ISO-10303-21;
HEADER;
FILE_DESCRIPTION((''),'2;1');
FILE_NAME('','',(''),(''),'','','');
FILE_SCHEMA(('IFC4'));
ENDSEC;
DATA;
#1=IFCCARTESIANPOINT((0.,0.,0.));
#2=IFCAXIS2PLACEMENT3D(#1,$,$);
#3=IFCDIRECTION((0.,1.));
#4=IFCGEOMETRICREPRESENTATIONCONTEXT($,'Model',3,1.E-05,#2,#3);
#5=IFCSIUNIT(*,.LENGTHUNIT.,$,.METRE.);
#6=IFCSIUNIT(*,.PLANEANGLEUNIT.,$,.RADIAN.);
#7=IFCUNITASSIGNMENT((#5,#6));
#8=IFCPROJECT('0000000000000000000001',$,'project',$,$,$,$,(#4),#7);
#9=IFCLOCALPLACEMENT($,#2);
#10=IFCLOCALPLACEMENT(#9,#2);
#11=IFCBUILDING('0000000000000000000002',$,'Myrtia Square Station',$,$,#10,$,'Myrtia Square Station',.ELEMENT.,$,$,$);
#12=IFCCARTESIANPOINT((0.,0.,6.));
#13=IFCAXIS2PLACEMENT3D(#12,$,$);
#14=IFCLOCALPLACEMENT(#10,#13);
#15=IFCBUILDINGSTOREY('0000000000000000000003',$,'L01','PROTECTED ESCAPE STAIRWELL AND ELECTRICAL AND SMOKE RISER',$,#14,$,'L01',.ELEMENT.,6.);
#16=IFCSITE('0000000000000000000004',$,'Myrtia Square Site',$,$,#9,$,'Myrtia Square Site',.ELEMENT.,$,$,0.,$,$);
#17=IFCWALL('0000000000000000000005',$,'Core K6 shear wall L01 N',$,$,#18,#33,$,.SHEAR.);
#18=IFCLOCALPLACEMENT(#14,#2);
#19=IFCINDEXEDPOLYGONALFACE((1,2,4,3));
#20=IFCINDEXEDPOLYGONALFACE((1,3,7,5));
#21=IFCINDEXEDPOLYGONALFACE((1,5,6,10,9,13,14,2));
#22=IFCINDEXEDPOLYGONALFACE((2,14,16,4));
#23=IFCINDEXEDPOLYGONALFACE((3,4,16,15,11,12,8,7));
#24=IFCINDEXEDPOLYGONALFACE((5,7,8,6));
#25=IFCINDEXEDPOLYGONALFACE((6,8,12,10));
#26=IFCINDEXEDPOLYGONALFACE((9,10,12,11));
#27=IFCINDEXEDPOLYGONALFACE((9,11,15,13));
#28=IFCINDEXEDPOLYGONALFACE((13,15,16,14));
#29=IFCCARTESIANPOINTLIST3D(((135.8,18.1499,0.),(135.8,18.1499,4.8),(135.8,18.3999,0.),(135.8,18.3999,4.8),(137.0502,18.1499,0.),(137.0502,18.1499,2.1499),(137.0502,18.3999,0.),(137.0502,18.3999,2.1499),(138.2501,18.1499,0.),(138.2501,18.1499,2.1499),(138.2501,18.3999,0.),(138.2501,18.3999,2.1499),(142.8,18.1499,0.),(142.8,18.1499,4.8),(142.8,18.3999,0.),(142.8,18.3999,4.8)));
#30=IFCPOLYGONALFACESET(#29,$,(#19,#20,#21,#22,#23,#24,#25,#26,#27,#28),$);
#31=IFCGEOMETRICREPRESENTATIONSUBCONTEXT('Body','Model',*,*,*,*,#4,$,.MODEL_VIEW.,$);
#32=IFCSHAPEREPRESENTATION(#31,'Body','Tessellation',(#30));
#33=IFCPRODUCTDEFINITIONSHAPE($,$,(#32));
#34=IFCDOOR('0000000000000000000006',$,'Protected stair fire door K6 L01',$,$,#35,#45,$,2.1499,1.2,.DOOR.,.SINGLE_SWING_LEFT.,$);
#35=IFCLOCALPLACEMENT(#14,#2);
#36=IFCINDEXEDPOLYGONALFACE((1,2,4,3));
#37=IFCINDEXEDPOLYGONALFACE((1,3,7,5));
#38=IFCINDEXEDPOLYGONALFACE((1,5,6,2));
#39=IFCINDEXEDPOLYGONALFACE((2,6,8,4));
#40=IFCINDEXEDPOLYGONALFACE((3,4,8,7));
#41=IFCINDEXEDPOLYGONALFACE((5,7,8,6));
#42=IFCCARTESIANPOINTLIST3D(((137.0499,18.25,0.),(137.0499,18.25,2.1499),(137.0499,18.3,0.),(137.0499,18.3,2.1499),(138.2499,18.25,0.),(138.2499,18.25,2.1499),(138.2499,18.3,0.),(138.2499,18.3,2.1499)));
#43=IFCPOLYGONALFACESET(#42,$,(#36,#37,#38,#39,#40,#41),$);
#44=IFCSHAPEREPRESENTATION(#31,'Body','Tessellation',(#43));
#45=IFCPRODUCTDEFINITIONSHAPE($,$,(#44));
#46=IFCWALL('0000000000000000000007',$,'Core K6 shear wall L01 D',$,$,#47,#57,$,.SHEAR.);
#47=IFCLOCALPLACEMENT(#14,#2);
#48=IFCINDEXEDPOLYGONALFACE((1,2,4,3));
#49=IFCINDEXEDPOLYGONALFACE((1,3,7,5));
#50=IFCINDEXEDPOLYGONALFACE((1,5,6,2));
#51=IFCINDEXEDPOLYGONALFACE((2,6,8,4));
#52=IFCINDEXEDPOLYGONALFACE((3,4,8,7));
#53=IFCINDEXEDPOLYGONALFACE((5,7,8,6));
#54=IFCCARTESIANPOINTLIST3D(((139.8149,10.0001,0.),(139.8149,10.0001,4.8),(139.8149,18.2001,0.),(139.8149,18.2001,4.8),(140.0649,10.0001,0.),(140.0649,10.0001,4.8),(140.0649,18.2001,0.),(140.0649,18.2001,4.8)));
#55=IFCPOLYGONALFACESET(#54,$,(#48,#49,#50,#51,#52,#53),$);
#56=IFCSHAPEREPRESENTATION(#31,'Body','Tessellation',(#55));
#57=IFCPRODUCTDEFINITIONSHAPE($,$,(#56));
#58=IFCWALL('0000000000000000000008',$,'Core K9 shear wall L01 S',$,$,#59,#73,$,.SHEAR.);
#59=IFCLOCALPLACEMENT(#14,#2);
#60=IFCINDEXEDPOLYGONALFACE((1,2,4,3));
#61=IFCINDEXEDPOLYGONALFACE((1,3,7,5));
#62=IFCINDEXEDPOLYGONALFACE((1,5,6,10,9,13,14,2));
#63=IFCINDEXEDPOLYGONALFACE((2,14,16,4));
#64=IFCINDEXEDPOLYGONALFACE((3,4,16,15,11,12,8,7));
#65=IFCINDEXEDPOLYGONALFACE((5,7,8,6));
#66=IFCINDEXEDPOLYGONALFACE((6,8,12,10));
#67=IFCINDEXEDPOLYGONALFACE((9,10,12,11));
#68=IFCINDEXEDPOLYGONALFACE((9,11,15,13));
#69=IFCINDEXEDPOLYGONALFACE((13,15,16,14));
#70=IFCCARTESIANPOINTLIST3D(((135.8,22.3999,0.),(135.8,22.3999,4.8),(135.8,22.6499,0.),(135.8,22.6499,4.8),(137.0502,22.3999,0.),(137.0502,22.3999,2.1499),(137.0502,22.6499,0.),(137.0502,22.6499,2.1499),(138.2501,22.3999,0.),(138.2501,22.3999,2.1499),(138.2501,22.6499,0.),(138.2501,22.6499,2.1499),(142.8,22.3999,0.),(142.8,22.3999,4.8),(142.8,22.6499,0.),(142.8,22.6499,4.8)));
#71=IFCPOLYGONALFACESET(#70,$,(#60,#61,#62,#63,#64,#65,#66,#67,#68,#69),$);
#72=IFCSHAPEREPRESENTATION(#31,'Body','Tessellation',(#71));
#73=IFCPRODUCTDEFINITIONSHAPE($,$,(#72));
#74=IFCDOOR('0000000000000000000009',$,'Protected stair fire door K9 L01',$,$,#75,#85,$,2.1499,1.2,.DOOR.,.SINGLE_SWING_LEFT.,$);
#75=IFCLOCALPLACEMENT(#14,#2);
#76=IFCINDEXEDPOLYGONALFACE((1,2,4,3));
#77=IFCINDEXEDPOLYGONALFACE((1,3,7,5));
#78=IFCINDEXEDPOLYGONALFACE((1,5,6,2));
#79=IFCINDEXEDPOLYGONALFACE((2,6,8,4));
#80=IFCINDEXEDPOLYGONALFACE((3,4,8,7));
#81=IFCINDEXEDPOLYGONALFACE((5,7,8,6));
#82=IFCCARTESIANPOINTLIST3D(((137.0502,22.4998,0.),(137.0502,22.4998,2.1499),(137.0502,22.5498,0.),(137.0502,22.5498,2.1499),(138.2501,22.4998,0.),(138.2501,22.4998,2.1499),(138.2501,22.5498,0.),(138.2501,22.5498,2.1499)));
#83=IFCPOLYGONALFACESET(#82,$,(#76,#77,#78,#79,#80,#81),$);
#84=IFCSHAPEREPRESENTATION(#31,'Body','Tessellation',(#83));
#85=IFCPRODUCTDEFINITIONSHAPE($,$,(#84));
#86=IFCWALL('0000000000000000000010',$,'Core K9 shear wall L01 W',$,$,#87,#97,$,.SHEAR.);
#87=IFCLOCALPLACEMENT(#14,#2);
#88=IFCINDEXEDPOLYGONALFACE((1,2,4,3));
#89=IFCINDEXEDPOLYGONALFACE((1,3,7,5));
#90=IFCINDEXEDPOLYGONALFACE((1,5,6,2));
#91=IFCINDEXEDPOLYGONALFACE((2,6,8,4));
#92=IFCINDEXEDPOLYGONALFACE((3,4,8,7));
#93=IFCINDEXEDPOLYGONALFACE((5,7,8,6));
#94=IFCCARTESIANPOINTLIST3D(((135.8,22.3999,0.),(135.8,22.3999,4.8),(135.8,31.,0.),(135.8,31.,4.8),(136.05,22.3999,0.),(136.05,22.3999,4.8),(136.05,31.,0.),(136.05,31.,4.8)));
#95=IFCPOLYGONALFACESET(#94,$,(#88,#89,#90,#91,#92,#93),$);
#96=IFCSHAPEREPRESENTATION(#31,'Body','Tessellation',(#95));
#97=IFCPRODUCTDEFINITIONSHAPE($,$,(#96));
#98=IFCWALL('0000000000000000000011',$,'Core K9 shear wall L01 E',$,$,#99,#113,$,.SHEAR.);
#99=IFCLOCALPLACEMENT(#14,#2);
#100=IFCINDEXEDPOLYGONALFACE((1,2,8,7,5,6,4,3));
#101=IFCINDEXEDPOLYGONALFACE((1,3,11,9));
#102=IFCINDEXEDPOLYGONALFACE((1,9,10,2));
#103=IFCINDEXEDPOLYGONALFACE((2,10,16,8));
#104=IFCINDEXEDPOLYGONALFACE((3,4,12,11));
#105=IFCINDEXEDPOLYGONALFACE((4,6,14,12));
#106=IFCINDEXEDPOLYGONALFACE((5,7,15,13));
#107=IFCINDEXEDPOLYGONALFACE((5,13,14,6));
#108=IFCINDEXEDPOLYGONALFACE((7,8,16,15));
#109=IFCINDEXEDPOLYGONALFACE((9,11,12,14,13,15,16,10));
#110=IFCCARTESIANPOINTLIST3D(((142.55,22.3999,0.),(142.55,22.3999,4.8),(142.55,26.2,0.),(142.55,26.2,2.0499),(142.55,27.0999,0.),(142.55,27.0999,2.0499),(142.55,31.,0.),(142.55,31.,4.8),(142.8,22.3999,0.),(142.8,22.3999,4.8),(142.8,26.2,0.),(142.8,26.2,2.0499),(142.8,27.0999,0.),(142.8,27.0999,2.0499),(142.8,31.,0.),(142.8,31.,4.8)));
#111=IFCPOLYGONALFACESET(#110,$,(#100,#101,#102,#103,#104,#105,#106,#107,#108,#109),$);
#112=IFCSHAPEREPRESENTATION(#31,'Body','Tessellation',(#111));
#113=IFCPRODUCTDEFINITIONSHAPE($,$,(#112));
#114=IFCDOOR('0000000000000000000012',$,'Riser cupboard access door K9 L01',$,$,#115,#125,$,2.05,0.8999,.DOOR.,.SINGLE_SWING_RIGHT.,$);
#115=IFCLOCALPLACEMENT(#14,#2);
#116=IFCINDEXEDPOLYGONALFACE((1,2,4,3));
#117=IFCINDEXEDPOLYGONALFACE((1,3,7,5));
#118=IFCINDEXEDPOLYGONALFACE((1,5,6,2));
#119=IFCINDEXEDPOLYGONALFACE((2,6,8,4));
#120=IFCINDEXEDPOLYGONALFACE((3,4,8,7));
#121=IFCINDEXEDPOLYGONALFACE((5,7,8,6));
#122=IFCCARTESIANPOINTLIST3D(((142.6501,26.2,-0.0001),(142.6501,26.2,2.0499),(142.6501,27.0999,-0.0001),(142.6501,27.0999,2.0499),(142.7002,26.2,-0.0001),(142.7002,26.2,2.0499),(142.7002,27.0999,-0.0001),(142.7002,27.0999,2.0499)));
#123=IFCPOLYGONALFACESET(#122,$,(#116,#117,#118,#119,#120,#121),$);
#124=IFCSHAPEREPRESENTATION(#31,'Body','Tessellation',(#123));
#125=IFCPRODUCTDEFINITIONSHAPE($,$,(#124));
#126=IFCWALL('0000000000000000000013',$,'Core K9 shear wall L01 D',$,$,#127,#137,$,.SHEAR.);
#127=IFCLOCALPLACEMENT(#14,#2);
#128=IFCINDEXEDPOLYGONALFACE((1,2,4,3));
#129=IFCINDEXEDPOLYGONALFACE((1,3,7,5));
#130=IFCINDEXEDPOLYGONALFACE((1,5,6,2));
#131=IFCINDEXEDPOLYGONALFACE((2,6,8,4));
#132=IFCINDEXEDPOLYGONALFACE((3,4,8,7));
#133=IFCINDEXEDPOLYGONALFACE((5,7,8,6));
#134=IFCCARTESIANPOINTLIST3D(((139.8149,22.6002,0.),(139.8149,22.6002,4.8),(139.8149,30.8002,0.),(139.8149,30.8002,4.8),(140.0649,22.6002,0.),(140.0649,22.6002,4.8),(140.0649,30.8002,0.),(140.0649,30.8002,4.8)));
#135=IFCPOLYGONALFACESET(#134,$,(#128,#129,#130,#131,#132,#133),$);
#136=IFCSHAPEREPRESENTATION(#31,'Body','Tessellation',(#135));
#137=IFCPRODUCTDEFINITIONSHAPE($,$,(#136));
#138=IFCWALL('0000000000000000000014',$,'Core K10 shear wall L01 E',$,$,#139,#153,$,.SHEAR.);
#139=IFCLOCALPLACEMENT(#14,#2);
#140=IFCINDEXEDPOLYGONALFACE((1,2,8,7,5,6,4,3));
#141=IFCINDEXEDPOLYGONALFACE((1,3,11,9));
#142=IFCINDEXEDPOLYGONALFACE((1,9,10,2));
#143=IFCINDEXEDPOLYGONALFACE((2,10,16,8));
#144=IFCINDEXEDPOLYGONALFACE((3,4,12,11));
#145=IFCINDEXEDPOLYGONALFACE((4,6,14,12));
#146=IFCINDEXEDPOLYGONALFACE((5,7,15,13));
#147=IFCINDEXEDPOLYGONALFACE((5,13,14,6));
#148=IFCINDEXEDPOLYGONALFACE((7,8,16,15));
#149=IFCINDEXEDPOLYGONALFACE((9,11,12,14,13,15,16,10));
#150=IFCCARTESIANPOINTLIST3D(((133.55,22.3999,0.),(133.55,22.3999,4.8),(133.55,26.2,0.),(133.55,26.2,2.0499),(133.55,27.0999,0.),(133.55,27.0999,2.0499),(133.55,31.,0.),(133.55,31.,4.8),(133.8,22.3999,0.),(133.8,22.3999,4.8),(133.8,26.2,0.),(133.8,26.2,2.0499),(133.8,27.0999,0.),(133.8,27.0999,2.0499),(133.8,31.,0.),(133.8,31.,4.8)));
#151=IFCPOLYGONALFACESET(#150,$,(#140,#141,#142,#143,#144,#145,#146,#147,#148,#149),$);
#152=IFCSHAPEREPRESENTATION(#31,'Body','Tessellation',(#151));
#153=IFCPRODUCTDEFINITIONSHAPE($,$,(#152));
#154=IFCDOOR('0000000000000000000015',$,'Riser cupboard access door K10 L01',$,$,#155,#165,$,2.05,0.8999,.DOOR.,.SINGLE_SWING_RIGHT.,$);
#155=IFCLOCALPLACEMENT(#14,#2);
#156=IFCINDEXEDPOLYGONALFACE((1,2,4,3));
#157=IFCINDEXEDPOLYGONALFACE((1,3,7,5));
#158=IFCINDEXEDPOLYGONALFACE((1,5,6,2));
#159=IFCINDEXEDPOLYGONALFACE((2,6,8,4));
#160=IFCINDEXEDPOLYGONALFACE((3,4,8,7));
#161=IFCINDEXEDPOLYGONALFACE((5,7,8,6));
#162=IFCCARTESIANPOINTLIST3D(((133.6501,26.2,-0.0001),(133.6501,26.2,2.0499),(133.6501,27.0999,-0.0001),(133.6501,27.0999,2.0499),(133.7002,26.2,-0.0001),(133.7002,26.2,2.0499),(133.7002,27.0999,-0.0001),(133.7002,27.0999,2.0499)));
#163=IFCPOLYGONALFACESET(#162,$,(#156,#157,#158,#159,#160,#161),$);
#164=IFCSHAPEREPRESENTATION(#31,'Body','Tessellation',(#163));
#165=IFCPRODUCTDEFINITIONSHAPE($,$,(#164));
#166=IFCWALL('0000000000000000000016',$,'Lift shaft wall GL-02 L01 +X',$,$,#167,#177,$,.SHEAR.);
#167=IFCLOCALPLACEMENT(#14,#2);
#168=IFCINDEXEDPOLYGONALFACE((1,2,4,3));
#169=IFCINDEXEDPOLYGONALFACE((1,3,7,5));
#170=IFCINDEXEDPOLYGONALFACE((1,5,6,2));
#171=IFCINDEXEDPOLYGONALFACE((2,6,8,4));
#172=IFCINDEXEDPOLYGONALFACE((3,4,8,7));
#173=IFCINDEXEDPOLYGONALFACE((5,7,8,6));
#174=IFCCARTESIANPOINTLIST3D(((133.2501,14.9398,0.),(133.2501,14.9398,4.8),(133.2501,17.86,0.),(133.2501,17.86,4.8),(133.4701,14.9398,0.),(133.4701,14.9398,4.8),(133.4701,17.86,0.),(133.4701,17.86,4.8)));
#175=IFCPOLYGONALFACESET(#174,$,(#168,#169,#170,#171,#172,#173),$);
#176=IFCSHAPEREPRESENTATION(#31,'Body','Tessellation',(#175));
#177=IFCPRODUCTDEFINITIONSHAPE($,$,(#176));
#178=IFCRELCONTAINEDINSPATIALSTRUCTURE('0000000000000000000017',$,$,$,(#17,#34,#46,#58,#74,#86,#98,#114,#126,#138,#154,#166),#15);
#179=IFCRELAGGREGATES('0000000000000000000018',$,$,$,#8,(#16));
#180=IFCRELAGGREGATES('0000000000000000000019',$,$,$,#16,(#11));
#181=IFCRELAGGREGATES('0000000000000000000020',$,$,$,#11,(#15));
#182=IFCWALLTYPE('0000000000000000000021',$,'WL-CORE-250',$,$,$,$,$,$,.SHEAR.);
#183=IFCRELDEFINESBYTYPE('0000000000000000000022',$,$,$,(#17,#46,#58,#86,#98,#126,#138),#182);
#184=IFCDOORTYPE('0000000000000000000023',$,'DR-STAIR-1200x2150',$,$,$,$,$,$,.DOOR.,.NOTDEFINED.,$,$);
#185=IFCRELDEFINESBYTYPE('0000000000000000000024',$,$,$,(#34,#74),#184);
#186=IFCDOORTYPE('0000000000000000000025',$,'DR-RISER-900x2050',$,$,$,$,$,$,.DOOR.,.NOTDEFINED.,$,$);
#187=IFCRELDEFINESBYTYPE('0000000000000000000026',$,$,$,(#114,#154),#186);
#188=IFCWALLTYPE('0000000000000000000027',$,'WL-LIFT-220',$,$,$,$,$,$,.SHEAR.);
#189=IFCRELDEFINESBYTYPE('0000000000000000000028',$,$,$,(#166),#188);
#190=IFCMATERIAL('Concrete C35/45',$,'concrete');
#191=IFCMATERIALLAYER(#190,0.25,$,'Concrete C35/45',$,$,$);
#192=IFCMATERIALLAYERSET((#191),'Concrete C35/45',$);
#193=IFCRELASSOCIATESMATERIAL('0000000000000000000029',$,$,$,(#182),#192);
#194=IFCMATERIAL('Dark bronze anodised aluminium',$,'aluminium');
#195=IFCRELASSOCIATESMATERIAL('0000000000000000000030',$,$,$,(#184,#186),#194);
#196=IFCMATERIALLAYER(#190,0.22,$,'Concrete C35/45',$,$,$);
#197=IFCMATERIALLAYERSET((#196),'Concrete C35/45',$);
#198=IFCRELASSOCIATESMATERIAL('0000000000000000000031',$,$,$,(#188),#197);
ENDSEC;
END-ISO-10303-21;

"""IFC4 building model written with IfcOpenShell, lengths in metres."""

from ifc_helpers import new_model, si_unit, direction, frame, frame_2d, origin, place, context, subcontext, project, spatial, rectangle, extrude, material, layer, layer_set, type_object, element, fill, save


model = new_model("IFC4")

# Units and contexts
model_context = context("Model", 3, precision=1e-05, world=origin(), true_north=direction((0.0, 1.0)))
body_context = subcontext(model_context, "Body", "Model", "MODEL_VIEW")
ifc_project = project(units=[si_unit("LENGTHUNIT", "METRE"), si_unit("PLANEANGLEUNIT", "RADIAN")], contexts=[model_context])

# Site, building, storey
site_placement = place(None, origin())
site = spatial("IfcSite", under=ifc_project, at=site_placement, Name="Myrtia Square Site", LongName="Myrtia Square Site", CompositionType="ELEMENT", RefElevation=0.0)
building_placement = place(site_placement, origin())
building = spatial("IfcBuilding", under=site, at=building_placement, Name="Myrtia Square Station", LongName="Myrtia Square Station", CompositionType="ELEMENT")
storey_placement = place(building_placement, frame((0.0, 0.0, 6.0)))
storey = spatial("IfcBuildingStorey", under=building, at=storey_placement, Name="L01", Description="PROTECTED ESCAPE STAIRWELL AND ELECTRICAL AND SMOKE RISER", LongName="L01", CompositionType="ELEMENT", Elevation=6.0)

# Shared definitions
ifc_material_1 = material(Name="Concrete C35/45", Category="concrete")
ifc_layer_1 = layer(ifc_material_1, 0.25, Name="Concrete C35/45")
ifc_layer_set_1 = layer_set([ifc_layer_1], Name="Concrete C35/45")
wall_type_1 = type_object("IfcWallType", Name="WL-CORE-250", PredefinedType="SHEAR", material=ifc_layer_set_1)

# Wall, opening, door
wall_1_placement = place(storey_placement, frame((135.8, 18.2749, 0.0), z_axis=(0.0, 0.0, 1.0), x_axis=(1.0, 0.0, 0.0)))
wall_1 = element("IfcWall", 1, at=wall_1_placement, inside=storey, type_object=wall_type_1, Name="Core K6 shear wall L01 N", PredefinedType="SHEAR", context=body_context, shape_type="SweptSolid", body=[
    extrude(rectangle(XDim=7.0, YDim=0.25, at=frame_2d((3.5, 0.0))), origin(), (0.0, 0.0, 1.0), 4.8),
])
opening_1_placement = place(wall_1_placement, frame((1.25, 0.0, 0.0)))
opening_1 = element("IfcOpeningElement", 2, at=opening_1_placement, cuts=wall_1, PredefinedType="OPENING", context=body_context, shape_type="SweptSolid", body=[
    extrude(rectangle(XDim=1.2, YDim=2.1499, at=frame_2d((0.6001, 1.075))), frame((0.0, 0.1399, 0.0), z_axis=(0.0, -1.0, 0.0), x_axis=(1.0, 0.0, 0.0)), (0.0, 0.0, 1.0), 0.28),
])
ifc_material_2 = material(Name="Dark bronze anodised aluminium", Category="aluminium")
door_type_1 = type_object("IfcDoorType", Name="DR-STAIR-1200x2150", OperationType="NOTDEFINED", PredefinedType="DOOR", material=ifc_material_2)
door_1_placement = place(opening_1_placement, frame((1.2, 0.0, 0.0), z_axis=(0.0, 0.0, 1.0), x_axis=(-1.0, 0.0, 0.0)))
door_1 = element("IfcDoor", 3, at=door_1_placement, inside=storey, type_object=door_type_1, Name="Protected stair fire door K6 L01", OperationType="SINGLE_SWING_LEFT", OverallHeight=2.1499, OverallWidth=1.2, PredefinedType="DOOR", context=body_context, shape_type="SweptSolid", body=[
    extrude(rectangle(XDim=1.2, YDim=2.1499, at=frame_2d((0.6001, 1.075))), frame((0.0, 0.0249, 0.0), z_axis=(0.0, -1.0, 0.0), x_axis=(1.0, 0.0, 0.0)), (0.0, 0.0, 1.0), 0.05),
])
fill(opening_1, door_1)

# Wall
wall_2_placement = place(storey_placement, frame((139.9399, 10.0, 0.0), z_axis=(0.0, 0.0, 1.0), x_axis=(0.0, 1.0, 0.0)))
element("IfcWall", 4, at=wall_2_placement, inside=storey, type_object=wall_type_1, Name="Core K6 shear wall L01 D", PredefinedType="SHEAR", context=body_context, shape_type="SweptSolid", body=[
    extrude(rectangle(XDim=8.2, YDim=0.25, at=frame_2d((4.1001, 0.0))), origin(), (0.0, 0.0, 1.0), 4.8),
])

# Wall, opening, door
wall_3_placement = place(storey_placement, frame((135.8, 22.5249, 0.0), z_axis=(0.0, 0.0, 1.0), x_axis=(1.0, 0.0, 0.0)))
wall_3 = element("IfcWall", 5, at=wall_3_placement, inside=storey, type_object=wall_type_1, Name="Core K9 shear wall L01 S", PredefinedType="SHEAR", context=body_context, shape_type="SweptSolid", body=[
    extrude(rectangle(XDim=7.0, YDim=0.25, at=frame_2d((3.5, 0.0))), origin(), (0.0, 0.0, 1.0), 4.8),
])
opening_2_placement = place(wall_3_placement, frame((1.25, 0.0, 0.0)))
opening_2 = element("IfcOpeningElement", 6, at=opening_2_placement, cuts=wall_3, PredefinedType="OPENING", context=body_context, shape_type="SweptSolid", body=[
    extrude(rectangle(XDim=1.2, YDim=2.1499, at=frame_2d((0.6001, 1.075))), frame((0.0, 0.1399, 0.0), z_axis=(0.0, -1.0, 0.0), x_axis=(1.0, 0.0, 0.0)), (0.0, 0.0, 1.0), 0.28),
])
door_2_placement = place(opening_2_placement, origin())
door_2 = element("IfcDoor", 7, at=door_2_placement, inside=storey, type_object=door_type_1, Name="Protected stair fire door K9 L01", OperationType="SINGLE_SWING_LEFT", OverallHeight=2.1499, OverallWidth=1.2, PredefinedType="DOOR", context=body_context, shape_type="SweptSolid", body=[
    extrude(rectangle(XDim=1.2, YDim=2.1499, at=frame_2d((0.6001, 1.075))), frame((0.0, 0.0249, 0.0), z_axis=(0.0, -1.0, 0.0), x_axis=(1.0, 0.0, 0.0)), (0.0, 0.0, 1.0), 0.05),
])
fill(opening_2, door_2)

# Wall
wall_4_placement = place(storey_placement, frame((135.925, 22.3999, 0.0), z_axis=(0.0, 0.0, 1.0), x_axis=(0.0, 1.0, 0.0)))
element("IfcWall", 8, at=wall_4_placement, inside=storey, type_object=wall_type_1, Name="Core K9 shear wall L01 W", PredefinedType="SHEAR", context=body_context, shape_type="SweptSolid", body=[
    extrude(rectangle(XDim=8.6001, YDim=0.25, at=frame_2d((4.3, 0.0))), origin(), (0.0, 0.0, 1.0), 4.8),
])

# Wall, opening, door
wall_5_placement = place(storey_placement, frame((142.675, 22.3999, 0.0), z_axis=(0.0, 0.0, 1.0), x_axis=(0.0, 1.0, 0.0)))
wall_5 = element("IfcWall", 9, at=wall_5_placement, inside=storey, type_object=wall_type_1, Name="Core K9 shear wall L01 E", PredefinedType="SHEAR", context=body_context, shape_type="SweptSolid", body=[
    extrude(rectangle(XDim=8.6001, YDim=0.25, at=frame_2d((4.3, 0.0))), origin(), (0.0, 0.0, 1.0), 4.8),
])
opening_3_placement = place(wall_5_placement, frame((3.8, 0.0, 0.0)))
opening_3 = element("IfcOpeningElement", 10, at=opening_3_placement, cuts=wall_5, PredefinedType="OPENING", context=body_context, shape_type="SweptSolid", body=[
    extrude(rectangle(XDim=0.8999, YDim=2.05, at=frame_2d((0.45, 1.0249))), frame((0.0, 0.1399, 0.0), z_axis=(0.0, -1.0, 0.0), x_axis=(1.0, 0.0, 0.0)), (0.0, 0.0, 1.0), 0.28),
])
door_type_2 = type_object("IfcDoorType", Name="DR-RISER-900x2050", OperationType="NOTDEFINED", PredefinedType="DOOR", material=ifc_material_2)
door_3_placement = place(opening_3_placement, origin())
door_3 = element("IfcDoor", 11, at=door_3_placement, inside=storey, type_object=door_type_2, Name="Riser cupboard access door K9 L01", OperationType="SINGLE_SWING_RIGHT", OverallHeight=2.05, OverallWidth=0.8999, PredefinedType="DOOR", context=body_context, shape_type="SweptSolid", body=[
    extrude(rectangle(XDim=0.8999, YDim=2.05, at=frame_2d((0.45, 1.0249))), frame((0.0, 0.0249, 0.0), z_axis=(0.0, -1.0, 0.0), x_axis=(1.0, 0.0, 0.0)), (0.0, 0.0, 1.0), 0.05),
])
fill(opening_3, door_3)

# Wall
wall_6_placement = place(storey_placement, frame((139.9399, 22.6001, 0.0), z_axis=(0.0, 0.0, 1.0), x_axis=(0.0, 1.0, 0.0)))
element("IfcWall", 12, at=wall_6_placement, inside=storey, type_object=wall_type_1, Name="Core K9 shear wall L01 D", PredefinedType="SHEAR", context=body_context, shape_type="SweptSolid", body=[
    extrude(rectangle(XDim=8.2, YDim=0.25, at=frame_2d((4.1001, 0.0))), origin(), (0.0, 0.0, 1.0), 4.8),
])

# Wall, opening, door
wall_7_placement = place(storey_placement, frame((133.675, 22.3999, 0.0), z_axis=(0.0, 0.0, 1.0), x_axis=(0.0, 1.0, 0.0)))
wall_7 = element("IfcWall", 13, at=wall_7_placement, inside=storey, type_object=wall_type_1, Name="Core K10 shear wall L01 E", PredefinedType="SHEAR", context=body_context, shape_type="SweptSolid", body=[
    extrude(rectangle(XDim=8.6001, YDim=0.25, at=frame_2d((4.3, 0.0))), origin(), (0.0, 0.0, 1.0), 4.8),
])
opening_4_placement = place(wall_7_placement, frame((3.8, 0.0, 0.0)))
opening_4 = element("IfcOpeningElement", 14, at=opening_4_placement, cuts=wall_7, PredefinedType="OPENING", context=body_context, shape_type="SweptSolid", body=[
    extrude(rectangle(XDim=0.8999, YDim=2.05, at=frame_2d((0.45, 1.0249))), frame((0.0, 0.1399, 0.0), z_axis=(0.0, -1.0, 0.0), x_axis=(1.0, 0.0, 0.0)), (0.0, 0.0, 1.0), 0.28),
])
door_4_placement = place(opening_4_placement, origin())
door_4 = element("IfcDoor", 15, at=door_4_placement, inside=storey, type_object=door_type_2, Name="Riser cupboard access door K10 L01", OperationType="SINGLE_SWING_RIGHT", OverallHeight=2.05, OverallWidth=0.8999, PredefinedType="DOOR", context=body_context, shape_type="SweptSolid", body=[
    extrude(rectangle(XDim=0.8999, YDim=2.05, at=frame_2d((0.45, 1.0249))), frame((0.0, 0.0249, 0.0), z_axis=(0.0, -1.0, 0.0), x_axis=(1.0, 0.0, 0.0)), (0.0, 0.0, 1.0), 0.05),
])
fill(opening_4, door_4)

# Wall
ifc_layer_2 = layer(ifc_material_1, 0.22, Name="Concrete C35/45")
ifc_layer_set_2 = layer_set([ifc_layer_2], Name="Concrete C35/45")
wall_type_2 = type_object("IfcWallType", Name="WL-LIFT-220", PredefinedType="SHEAR", material=ifc_layer_set_2)
wall_8_placement = place(storey_placement, frame((133.3601, 14.9399, 0.0), z_axis=(0.0, 0.0, 1.0), x_axis=(0.0, 1.0, 0.0)))
element("IfcWall", 16, at=wall_8_placement, inside=storey, type_object=wall_type_2, Name="Lift shaft wall GL-02 L01 +X", PredefinedType="SHEAR", context=body_context, shape_type="SweptSolid", body=[
    extrude(rectangle(XDim=2.9202, YDim=0.22, at=frame_2d((1.46, 0.0))), origin(), (0.0, 0.0, 1.0), 4.8),
])

save(model, "model.ifc")
